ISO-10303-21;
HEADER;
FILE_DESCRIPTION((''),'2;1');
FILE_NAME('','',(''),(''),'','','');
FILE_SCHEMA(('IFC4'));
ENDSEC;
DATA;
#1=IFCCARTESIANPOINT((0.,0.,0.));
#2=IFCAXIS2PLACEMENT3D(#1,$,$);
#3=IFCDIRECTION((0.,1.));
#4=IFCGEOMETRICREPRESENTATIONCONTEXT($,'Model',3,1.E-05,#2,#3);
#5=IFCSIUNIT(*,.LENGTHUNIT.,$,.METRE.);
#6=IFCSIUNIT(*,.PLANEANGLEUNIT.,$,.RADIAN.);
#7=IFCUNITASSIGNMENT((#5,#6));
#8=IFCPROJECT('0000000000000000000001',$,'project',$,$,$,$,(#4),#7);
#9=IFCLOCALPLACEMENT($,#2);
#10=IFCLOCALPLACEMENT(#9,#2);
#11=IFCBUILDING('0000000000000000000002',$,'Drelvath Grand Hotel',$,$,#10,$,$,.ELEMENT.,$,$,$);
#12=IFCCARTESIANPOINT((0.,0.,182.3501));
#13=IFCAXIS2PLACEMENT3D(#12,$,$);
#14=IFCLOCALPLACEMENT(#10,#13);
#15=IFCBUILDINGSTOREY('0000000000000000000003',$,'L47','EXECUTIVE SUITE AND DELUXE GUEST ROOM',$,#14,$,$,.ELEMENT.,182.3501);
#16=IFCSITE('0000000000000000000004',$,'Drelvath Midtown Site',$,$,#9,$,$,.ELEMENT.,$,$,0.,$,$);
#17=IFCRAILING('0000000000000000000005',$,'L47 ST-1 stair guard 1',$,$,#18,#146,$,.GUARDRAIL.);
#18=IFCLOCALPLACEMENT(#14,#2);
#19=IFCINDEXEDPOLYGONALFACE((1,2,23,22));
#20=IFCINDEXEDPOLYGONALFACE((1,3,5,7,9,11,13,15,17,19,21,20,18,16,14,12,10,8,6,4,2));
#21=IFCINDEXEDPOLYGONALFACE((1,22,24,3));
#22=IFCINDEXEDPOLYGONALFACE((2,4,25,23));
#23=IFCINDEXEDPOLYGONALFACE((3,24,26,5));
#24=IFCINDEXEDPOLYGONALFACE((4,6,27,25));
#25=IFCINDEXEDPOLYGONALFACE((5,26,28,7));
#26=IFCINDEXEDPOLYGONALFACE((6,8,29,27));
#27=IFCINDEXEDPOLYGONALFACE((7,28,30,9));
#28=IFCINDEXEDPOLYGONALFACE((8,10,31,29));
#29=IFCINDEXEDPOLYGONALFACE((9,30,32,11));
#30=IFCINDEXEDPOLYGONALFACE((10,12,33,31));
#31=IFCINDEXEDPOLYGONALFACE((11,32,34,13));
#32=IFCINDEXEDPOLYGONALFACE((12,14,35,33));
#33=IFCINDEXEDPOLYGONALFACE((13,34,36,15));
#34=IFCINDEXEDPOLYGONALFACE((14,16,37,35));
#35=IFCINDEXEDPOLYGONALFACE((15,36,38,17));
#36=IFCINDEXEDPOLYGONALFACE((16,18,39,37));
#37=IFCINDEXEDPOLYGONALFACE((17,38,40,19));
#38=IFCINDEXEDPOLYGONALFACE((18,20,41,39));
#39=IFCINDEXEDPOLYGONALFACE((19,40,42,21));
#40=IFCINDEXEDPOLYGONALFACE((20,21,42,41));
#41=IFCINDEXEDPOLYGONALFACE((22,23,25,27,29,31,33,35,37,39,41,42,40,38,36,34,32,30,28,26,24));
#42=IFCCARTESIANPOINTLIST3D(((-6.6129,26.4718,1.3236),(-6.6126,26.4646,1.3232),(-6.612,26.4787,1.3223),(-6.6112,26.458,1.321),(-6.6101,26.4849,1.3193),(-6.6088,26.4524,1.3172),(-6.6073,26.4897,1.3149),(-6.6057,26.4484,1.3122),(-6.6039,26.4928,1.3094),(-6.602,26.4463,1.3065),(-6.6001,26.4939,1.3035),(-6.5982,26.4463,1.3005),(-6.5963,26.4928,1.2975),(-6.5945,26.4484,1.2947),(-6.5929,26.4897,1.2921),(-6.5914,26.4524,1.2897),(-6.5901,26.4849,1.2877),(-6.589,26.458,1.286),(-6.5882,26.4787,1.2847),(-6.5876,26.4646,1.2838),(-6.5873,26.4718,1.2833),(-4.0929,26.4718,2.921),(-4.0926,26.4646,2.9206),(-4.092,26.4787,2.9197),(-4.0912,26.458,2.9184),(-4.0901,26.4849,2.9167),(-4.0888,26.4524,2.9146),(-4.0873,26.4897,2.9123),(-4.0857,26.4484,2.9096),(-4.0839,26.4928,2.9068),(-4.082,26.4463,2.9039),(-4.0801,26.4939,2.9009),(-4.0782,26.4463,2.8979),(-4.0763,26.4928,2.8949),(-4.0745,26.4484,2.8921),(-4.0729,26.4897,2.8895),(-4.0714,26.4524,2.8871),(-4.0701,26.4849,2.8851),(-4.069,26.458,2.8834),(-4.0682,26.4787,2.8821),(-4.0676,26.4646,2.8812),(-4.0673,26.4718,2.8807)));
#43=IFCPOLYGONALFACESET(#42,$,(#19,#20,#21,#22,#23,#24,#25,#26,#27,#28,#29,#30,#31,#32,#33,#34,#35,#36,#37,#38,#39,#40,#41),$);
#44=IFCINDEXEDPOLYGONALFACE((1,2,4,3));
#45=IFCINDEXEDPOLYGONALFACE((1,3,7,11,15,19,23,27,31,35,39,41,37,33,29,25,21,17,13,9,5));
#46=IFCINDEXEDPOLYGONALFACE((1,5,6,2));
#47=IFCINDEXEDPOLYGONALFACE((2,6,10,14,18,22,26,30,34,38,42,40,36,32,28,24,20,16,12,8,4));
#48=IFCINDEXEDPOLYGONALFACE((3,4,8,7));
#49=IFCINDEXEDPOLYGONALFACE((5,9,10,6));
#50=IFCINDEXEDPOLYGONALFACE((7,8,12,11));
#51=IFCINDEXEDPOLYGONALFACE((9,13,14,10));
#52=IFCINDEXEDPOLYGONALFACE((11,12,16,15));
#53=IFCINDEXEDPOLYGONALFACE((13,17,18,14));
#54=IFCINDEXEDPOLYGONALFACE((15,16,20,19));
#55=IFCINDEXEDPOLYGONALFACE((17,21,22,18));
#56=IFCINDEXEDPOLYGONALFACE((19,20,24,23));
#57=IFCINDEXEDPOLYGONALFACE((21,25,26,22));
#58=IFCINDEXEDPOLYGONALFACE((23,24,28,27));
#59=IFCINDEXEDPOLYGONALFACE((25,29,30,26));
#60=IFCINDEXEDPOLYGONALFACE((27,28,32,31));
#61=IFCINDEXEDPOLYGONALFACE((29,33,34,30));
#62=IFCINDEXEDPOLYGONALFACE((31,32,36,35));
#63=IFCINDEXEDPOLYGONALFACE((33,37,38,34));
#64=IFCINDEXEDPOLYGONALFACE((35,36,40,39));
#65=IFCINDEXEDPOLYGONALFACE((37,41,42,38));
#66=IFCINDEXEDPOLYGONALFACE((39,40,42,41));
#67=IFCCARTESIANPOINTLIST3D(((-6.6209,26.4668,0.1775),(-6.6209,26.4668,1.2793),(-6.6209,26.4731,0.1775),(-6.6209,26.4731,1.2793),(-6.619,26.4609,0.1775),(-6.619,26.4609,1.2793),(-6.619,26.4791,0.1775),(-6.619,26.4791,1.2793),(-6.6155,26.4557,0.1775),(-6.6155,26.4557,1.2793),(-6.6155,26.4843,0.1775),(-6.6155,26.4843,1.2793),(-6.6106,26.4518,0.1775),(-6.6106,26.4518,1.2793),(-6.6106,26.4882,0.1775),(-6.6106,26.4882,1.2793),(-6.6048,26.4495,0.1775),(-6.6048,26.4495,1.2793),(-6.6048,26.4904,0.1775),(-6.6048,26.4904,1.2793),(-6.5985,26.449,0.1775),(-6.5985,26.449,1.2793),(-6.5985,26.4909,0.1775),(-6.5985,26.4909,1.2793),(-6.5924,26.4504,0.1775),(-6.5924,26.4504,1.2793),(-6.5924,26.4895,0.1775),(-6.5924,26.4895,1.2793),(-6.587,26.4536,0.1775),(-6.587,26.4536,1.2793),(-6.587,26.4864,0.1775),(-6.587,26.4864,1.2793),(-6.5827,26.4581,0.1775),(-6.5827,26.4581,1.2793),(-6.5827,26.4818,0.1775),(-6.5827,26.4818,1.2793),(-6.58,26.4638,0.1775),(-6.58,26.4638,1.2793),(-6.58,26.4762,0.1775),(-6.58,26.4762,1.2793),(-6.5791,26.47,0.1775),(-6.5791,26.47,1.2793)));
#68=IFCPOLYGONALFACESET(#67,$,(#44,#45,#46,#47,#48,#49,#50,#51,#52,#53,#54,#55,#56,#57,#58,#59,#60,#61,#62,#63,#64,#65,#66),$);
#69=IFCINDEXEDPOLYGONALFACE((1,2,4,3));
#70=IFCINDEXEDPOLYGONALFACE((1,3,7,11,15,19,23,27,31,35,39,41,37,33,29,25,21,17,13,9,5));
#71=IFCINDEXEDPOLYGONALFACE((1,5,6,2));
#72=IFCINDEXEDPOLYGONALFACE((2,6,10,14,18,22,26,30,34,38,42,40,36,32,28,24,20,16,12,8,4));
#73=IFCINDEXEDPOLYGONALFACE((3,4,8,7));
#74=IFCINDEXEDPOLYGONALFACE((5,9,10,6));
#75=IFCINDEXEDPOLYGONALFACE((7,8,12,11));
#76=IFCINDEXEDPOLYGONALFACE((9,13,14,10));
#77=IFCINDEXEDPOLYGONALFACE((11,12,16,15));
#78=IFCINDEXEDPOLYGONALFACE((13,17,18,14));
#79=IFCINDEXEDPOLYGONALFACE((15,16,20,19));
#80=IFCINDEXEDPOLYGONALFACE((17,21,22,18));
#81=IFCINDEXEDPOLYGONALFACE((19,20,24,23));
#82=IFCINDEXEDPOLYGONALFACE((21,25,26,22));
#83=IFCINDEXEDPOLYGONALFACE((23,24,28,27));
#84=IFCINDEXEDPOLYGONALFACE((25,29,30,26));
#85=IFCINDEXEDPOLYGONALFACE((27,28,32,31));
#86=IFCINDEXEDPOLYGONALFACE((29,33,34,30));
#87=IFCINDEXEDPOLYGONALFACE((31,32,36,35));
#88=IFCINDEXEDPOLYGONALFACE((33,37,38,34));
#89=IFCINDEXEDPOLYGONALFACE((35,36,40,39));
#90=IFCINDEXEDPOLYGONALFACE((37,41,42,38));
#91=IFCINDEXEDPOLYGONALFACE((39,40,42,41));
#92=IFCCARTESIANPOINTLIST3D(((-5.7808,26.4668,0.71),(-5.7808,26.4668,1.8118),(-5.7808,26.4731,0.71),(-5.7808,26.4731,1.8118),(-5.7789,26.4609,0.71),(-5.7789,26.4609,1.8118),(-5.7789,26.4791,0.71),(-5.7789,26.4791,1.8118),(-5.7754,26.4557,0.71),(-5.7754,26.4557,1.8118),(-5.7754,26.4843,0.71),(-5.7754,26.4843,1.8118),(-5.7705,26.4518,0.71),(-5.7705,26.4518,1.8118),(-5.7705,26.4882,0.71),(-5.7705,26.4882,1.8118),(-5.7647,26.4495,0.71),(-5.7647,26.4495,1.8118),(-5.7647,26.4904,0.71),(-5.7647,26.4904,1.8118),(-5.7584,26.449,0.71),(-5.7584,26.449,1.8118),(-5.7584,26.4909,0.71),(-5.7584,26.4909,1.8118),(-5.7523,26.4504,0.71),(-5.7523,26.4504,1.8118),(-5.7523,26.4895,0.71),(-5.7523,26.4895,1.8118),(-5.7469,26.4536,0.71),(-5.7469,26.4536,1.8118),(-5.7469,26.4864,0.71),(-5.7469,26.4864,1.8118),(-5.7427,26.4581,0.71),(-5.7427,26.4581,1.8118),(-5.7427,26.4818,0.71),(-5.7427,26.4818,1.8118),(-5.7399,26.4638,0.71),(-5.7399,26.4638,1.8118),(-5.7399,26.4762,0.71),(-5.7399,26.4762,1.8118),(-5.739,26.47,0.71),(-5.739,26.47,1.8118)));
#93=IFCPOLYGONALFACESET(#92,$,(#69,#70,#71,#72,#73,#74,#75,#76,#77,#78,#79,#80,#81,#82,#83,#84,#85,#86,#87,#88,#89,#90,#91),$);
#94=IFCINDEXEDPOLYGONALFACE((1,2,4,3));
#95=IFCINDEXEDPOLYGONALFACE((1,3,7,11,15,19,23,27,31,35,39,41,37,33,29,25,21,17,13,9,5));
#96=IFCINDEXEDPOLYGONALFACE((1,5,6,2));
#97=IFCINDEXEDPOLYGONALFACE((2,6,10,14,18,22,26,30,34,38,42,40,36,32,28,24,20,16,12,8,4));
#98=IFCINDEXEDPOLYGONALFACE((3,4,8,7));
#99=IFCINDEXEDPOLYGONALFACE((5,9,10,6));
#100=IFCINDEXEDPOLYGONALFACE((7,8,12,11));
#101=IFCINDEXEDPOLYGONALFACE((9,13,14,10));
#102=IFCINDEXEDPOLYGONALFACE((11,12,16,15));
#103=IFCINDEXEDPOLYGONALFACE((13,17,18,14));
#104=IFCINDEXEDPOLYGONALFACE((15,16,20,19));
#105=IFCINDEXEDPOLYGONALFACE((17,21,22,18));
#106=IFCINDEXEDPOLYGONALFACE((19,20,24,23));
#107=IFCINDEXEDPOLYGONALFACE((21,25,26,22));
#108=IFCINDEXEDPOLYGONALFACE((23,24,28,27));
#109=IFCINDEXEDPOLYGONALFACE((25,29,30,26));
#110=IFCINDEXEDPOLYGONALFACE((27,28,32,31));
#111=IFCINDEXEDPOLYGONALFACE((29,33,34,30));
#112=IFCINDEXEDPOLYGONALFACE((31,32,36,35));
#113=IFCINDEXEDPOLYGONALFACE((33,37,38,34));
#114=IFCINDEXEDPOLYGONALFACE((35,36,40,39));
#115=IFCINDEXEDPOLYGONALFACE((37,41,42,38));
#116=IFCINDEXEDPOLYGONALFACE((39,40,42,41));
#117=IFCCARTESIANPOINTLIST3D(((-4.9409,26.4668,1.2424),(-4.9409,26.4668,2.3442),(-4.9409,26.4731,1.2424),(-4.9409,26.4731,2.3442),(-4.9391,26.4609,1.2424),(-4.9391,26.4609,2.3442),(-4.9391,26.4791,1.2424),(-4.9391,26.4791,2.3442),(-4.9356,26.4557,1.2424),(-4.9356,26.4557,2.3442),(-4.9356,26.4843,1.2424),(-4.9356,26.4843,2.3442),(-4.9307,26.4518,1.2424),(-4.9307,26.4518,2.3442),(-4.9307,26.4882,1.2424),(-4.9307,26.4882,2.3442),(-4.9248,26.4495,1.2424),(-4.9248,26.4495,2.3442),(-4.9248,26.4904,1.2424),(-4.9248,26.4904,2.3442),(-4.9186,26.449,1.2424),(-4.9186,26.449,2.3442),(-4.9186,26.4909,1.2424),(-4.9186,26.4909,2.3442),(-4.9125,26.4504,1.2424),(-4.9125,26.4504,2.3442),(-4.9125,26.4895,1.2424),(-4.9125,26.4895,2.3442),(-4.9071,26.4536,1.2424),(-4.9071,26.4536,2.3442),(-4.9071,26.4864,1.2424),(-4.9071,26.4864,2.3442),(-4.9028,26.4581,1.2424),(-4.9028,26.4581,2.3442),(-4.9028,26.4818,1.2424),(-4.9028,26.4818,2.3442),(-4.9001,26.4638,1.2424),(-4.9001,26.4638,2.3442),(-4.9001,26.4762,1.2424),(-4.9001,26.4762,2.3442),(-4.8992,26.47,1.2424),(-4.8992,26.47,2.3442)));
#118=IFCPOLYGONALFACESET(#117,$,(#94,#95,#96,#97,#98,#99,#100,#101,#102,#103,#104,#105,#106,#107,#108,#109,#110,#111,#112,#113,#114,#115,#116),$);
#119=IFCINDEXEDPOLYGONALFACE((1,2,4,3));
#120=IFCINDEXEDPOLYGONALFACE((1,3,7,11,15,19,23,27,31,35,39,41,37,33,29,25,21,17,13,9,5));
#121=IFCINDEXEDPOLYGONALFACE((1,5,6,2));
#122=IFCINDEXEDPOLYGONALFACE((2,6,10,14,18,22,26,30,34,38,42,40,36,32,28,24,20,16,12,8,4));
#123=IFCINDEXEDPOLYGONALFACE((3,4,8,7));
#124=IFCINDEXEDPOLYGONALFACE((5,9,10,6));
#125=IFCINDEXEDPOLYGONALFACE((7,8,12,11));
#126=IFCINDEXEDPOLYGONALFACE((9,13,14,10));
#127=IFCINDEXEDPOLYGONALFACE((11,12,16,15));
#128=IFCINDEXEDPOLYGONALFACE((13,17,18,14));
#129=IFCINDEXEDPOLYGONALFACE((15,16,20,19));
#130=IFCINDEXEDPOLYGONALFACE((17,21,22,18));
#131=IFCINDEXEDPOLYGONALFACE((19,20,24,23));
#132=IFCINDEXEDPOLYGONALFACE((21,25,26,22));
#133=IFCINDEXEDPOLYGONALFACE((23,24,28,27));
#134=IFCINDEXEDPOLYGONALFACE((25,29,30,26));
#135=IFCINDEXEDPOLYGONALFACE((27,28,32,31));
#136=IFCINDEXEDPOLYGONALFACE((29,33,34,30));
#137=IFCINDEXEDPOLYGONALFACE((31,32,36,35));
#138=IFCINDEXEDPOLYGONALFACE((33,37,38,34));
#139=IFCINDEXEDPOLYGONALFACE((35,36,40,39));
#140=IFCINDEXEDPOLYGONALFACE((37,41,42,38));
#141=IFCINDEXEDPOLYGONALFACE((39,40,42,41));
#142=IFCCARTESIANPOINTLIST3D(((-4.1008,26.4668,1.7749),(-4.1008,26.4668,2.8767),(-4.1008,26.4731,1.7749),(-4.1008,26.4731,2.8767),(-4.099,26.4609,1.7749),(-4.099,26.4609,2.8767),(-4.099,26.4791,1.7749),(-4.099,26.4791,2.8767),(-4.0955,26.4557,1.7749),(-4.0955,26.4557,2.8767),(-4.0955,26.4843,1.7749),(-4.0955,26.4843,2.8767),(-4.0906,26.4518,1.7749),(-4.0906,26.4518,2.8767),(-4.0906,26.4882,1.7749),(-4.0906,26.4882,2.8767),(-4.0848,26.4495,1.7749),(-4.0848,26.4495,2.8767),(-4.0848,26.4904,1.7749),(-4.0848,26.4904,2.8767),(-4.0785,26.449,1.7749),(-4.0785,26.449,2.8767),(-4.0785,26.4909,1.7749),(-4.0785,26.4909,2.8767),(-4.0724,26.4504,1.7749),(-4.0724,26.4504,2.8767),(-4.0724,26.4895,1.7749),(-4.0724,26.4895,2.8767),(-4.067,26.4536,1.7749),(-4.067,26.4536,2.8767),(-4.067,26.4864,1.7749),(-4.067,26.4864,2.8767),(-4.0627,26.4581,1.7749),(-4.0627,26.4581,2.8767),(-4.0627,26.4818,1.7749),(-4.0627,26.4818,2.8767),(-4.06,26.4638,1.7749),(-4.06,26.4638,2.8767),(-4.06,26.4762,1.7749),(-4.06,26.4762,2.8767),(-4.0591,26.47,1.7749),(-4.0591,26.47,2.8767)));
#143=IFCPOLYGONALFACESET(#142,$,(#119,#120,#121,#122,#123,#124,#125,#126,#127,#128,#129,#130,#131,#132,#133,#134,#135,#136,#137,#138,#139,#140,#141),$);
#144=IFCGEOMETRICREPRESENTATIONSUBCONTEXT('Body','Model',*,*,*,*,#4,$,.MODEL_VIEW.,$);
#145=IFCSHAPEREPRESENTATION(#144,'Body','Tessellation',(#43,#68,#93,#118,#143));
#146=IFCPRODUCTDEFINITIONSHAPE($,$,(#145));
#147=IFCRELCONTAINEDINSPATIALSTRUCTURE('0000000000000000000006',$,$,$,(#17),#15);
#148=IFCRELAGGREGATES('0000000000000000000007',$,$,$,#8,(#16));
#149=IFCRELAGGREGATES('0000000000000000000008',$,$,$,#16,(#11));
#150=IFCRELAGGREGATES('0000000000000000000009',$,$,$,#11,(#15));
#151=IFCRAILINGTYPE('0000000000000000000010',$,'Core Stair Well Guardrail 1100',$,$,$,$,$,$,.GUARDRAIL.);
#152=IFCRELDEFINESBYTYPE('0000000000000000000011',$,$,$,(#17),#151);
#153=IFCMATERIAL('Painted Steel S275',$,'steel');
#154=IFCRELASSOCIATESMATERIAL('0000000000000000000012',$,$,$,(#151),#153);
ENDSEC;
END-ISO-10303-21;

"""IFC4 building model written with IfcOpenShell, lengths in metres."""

from ifc_helpers import new_model, si_unit, direction, frame, origin, origin_2d, place, context, subcontext, project, spatial, circle, extrude, material, type_object, element, save


model = new_model("IFC4")

# Units and contexts
model_context = context("Model", 3, precision=1e-05, world=origin(), true_north=direction((0.0, 1.0)))
body_context = subcontext(model_context, "Body", "Model", "MODEL_VIEW")
ifc_project = project(units=[si_unit("LENGTHUNIT", "METRE"), si_unit("PLANEANGLEUNIT", "RADIAN")], contexts=[model_context])

# Site, building, storey
site_placement = place(None, origin())
site = spatial("IfcSite", under=ifc_project, at=site_placement, Name="Drelvath Midtown Site", CompositionType="ELEMENT", RefElevation=0.0)
building_placement = place(site_placement, origin())
building = spatial("IfcBuilding", under=site, at=building_placement, Name="Drelvath Grand Hotel", CompositionType="ELEMENT")
storey_placement = place(building_placement, frame((0.0, 0.0, 182.3501)))
storey = spatial("IfcBuildingStorey", under=building, at=storey_placement, Name="L47", Description="EXECUTIVE SUITE AND DELUXE GUEST ROOM", CompositionType="ELEMENT", Elevation=182.3501)

# Shared definitions
ifc_material_1 = material(Name="Painted Steel S275", Category="steel")

# Railing
railing_type_1 = type_object("IfcRailingType", Name="Core Stair Well Guardrail 1100", PredefinedType="GUARDRAIL", material=ifc_material_1)
railing_1_placement = place(storey_placement, frame((-6.6001, 26.47, 0.1775)))
element("IfcRailing", 1, at=railing_1_placement, inside=storey, type_object=railing_type_1, Name="L47 ST-1 stair guard 1", PredefinedType="GUARDRAIL", context=body_context, shape_type="SweptSolid", body=[
    extrude(circle(Radius=0.0239, at=origin_2d()), frame((0.0, 0.0, 1.126), z_axis=(0.844607, 0.0, 0.535387), x_axis=(0.0, 1.0, 0.0)), (0.0, 0.0, 1.0), 2.9836),
    extrude(circle(Radius=0.021, at=origin_2d()), origin(), (0.0, 0.0, 1.0), 1.1018),
    extrude(circle(Radius=0.021, at=origin_2d()), frame((0.8401, 0.0, 0.5325)), (0.0, 0.0, 1.0), 1.1018),
    extrude(circle(Radius=0.021, at=origin_2d()), frame((1.6799, 0.0, 1.0649)), (0.0, 0.0, 1.0), 1.1018),
    extrude(circle(Radius=0.021, at=origin_2d()), frame((2.52, 0.0, 1.5974)), (0.0, 0.0, 1.0), 1.1018),
])

save(model, "model.ifc")
